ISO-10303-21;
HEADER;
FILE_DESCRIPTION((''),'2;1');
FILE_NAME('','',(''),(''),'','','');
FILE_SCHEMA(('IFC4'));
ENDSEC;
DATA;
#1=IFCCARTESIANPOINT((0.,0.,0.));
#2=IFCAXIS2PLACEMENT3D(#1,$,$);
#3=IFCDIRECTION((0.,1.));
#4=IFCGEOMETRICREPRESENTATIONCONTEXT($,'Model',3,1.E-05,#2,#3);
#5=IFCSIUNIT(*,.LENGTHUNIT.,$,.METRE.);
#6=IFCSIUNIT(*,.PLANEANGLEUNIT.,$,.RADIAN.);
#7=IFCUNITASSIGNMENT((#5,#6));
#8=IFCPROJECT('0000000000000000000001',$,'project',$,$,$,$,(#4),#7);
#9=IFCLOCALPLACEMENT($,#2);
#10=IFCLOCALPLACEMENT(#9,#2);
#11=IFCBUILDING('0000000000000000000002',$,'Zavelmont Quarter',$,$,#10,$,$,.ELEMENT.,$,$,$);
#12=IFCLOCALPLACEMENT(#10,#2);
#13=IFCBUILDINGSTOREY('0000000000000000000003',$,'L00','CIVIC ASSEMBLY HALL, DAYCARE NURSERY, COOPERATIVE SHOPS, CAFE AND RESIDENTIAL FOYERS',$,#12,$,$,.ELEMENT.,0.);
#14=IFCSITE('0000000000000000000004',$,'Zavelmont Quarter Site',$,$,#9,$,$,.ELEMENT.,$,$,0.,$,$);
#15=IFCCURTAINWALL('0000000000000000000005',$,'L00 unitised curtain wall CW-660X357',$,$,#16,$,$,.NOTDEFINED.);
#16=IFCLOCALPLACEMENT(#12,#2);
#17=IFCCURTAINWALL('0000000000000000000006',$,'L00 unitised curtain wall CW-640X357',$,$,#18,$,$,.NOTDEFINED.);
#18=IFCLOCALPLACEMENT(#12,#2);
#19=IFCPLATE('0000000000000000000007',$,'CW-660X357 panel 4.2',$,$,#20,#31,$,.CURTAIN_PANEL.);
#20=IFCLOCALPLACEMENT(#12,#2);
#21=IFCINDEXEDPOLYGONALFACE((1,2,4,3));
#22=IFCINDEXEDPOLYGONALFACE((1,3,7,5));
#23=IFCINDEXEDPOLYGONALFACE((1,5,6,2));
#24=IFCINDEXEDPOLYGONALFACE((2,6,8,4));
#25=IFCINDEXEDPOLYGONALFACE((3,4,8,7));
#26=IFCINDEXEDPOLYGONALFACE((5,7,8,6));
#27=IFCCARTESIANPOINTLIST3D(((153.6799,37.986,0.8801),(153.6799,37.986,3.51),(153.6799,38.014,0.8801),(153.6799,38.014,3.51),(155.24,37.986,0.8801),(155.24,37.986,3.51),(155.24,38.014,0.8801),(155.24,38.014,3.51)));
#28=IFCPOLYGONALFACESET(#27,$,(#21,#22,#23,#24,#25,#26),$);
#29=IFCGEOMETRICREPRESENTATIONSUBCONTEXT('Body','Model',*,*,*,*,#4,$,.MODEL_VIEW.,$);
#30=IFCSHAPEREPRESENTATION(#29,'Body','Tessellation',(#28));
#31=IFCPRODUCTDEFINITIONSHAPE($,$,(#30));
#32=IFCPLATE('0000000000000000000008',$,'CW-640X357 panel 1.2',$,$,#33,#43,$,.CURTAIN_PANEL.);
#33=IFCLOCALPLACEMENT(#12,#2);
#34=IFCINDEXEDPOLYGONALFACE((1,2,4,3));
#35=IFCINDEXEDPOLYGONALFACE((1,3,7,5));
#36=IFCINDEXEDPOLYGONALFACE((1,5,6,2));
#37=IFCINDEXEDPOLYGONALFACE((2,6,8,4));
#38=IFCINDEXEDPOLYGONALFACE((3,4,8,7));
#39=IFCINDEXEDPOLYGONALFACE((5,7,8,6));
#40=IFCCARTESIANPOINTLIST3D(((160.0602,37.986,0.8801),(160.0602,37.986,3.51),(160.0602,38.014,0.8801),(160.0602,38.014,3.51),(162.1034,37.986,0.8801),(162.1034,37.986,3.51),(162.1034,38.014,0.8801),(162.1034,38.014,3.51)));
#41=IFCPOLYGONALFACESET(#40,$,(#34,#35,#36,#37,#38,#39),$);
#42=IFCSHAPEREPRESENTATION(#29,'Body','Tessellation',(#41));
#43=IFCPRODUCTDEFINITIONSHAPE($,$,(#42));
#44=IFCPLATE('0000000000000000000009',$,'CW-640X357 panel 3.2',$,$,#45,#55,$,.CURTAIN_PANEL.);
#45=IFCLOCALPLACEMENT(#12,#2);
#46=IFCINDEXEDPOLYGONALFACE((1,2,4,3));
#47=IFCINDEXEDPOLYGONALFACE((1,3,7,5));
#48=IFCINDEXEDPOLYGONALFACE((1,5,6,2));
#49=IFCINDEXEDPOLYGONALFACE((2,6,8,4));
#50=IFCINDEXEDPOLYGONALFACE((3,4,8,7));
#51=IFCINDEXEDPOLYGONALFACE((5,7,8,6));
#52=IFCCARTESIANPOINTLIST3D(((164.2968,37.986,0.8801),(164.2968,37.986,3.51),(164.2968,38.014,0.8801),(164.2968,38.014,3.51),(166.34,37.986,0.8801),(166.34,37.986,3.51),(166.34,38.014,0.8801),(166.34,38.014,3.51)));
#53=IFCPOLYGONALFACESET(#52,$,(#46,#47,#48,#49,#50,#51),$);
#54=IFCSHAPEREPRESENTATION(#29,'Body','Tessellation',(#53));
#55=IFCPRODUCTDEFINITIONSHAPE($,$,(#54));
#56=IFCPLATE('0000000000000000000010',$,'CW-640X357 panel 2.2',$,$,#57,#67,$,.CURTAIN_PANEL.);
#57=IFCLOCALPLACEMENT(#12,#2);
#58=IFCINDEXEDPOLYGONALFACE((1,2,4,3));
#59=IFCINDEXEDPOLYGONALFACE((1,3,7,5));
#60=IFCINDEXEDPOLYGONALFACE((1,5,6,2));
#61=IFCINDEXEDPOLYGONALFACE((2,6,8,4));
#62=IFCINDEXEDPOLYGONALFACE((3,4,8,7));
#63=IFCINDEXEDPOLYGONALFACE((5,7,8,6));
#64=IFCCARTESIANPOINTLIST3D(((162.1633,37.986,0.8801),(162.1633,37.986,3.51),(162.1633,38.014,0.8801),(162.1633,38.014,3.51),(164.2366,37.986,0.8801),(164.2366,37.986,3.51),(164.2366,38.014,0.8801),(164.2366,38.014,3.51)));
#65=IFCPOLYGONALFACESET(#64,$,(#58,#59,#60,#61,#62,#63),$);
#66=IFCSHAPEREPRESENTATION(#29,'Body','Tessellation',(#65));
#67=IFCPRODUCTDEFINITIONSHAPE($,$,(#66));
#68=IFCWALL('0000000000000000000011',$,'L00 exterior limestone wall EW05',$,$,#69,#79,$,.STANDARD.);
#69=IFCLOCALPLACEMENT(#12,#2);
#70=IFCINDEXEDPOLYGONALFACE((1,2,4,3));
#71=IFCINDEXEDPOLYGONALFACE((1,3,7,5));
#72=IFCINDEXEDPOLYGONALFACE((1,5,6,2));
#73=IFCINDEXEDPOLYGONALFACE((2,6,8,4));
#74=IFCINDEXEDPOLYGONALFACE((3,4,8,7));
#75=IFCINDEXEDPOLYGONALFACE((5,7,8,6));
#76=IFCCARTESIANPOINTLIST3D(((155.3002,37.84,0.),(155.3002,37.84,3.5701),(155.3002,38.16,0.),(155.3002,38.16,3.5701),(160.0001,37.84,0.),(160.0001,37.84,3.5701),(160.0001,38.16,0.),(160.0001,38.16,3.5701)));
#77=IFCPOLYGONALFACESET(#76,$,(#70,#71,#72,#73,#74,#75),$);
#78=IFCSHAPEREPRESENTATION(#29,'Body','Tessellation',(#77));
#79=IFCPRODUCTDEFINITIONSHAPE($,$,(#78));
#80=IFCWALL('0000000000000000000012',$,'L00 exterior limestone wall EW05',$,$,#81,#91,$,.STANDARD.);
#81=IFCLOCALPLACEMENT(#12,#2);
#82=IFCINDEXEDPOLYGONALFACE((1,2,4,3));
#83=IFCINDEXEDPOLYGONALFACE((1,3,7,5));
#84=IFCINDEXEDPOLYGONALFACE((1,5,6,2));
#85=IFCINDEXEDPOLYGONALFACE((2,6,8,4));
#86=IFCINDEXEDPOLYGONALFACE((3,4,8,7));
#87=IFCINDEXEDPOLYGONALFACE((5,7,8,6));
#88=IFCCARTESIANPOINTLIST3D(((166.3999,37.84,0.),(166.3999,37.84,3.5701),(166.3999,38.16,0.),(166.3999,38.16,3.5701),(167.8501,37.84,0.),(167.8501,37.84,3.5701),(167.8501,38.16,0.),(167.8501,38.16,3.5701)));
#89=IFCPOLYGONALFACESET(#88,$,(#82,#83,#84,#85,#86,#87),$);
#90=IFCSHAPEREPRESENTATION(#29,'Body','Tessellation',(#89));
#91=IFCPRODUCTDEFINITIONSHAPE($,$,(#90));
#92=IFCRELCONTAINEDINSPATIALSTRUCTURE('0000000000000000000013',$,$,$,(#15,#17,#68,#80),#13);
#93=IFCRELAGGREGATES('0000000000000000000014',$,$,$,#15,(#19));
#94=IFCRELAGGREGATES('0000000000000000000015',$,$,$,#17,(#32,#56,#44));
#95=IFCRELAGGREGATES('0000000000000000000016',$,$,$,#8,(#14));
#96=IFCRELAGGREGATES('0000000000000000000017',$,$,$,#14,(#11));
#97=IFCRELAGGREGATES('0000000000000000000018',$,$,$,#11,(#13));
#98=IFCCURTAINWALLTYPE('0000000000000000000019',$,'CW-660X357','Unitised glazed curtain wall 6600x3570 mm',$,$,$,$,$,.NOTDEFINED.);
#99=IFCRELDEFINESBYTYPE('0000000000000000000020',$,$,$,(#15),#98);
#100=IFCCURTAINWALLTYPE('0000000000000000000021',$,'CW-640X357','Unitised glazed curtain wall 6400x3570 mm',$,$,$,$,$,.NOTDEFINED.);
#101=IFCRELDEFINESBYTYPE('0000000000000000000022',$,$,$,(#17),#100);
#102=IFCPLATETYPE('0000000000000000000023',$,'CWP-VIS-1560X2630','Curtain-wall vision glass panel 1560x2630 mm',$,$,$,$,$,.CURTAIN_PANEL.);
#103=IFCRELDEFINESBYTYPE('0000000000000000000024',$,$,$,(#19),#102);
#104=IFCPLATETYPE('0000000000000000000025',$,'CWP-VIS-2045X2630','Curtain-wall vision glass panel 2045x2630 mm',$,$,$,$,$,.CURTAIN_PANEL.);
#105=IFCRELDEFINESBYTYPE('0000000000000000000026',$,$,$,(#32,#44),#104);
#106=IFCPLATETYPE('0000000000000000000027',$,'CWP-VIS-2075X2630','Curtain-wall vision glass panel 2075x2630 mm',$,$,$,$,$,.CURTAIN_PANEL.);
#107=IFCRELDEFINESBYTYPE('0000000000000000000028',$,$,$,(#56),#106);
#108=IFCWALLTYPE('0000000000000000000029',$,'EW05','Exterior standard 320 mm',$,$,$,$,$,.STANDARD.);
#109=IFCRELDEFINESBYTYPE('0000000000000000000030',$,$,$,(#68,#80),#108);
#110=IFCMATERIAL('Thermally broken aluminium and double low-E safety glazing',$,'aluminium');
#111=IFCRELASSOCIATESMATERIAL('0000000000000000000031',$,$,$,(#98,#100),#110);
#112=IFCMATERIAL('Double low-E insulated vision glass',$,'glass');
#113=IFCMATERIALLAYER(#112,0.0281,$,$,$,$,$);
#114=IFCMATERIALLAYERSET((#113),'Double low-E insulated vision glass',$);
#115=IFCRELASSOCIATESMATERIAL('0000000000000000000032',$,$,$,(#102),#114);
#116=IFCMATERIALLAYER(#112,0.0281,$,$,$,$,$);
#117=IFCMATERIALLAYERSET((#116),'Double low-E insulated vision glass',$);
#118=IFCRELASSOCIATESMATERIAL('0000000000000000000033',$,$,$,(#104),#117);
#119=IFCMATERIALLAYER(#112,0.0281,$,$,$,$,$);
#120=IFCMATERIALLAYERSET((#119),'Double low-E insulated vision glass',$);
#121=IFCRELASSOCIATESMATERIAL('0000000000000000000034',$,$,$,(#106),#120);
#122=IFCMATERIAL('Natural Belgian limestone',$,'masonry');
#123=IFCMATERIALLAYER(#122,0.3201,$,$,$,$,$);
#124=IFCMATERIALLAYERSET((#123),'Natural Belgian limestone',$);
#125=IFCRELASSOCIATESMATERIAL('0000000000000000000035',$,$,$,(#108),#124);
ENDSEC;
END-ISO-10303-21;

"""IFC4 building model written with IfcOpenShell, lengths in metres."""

from ifc_helpers import new_model, si_unit, direction, frame, frame_2d, origin, origin_2d, place, context, subcontext, project, spatial, rectangle, extrude, material, layer, layer_set, type_object, element, aggregate, save


model = new_model("IFC4")

# Units and contexts
model_context = context("Model", 3, precision=1e-05, world=origin(), true_north=direction((0.0, 1.0)))
body_context = subcontext(model_context, "Body", "Model", "MODEL_VIEW")
ifc_project = project(units=[si_unit("LENGTHUNIT", "METRE"), si_unit("PLANEANGLEUNIT", "RADIAN")], contexts=[model_context])

# Site, building, storey
site_placement = place(None, origin())
site = spatial("IfcSite", under=ifc_project, at=site_placement, Name="Zavelmont Quarter Site", CompositionType="ELEMENT", RefElevation=0.0)
building_placement = place(site_placement, origin())
building = spatial("IfcBuilding", under=site, at=building_placement, Name="Zavelmont Quarter", CompositionType="ELEMENT")
storey_placement = place(building_placement, origin())
storey = spatial("IfcBuildingStorey", under=building, at=storey_placement, Name="L00", Description="CIVIC ASSEMBLY HALL, DAYCARE NURSERY, COOPERATIVE SHOPS, CAFE AND RESIDENTIAL FOYERS", CompositionType="ELEMENT", Elevation=0.0)

# Curtain wall
ifc_material_1 = material(Name="Thermally broken aluminium and double low-E safety glazing", Category="aluminium")
curtain_wall_type_1 = type_object("IfcCurtainWallType", Name="CW-660X357", Description="Unitised glazed curtain wall 6600x3570 mm", PredefinedType="NOTDEFINED", material=ifc_material_1)
curtain_wall_1_placement = place(storey_placement, origin())
curtain_wall_1 = element("IfcCurtainWall", 1, at=curtain_wall_1_placement, inside=storey, type_object=curtain_wall_type_1, Name="L00 unitised curtain wall CW-660X357", PredefinedType="NOTDEFINED")

# Curtain wall
curtain_wall_type_2 = type_object("IfcCurtainWallType", Name="CW-640X357", Description="Unitised glazed curtain wall 6400x3570 mm", PredefinedType="NOTDEFINED", material=ifc_material_1)
curtain_wall_2_placement = place(storey_placement, origin())
curtain_wall_2 = element("IfcCurtainWall", 2, at=curtain_wall_2_placement, inside=storey, type_object=curtain_wall_type_2, Name="L00 unitised curtain wall CW-640X357", PredefinedType="NOTDEFINED")

# Plates
ifc_material_2 = material(Name="Double low-E insulated vision glass", Category="glass")
ifc_layer_1 = layer(ifc_material_2, 0.0281)
ifc_layer_set_1 = layer_set([ifc_layer_1], Name="Double low-E insulated vision glass")
plate_type_1 = type_object("IfcPlateType", Name="CWP-VIS-1560X2630", Description="Curtain-wall vision glass panel 1560x2630 mm", PredefinedType="CURTAIN_PANEL", material=ifc_layer_set_1)
plate_1_placement = place(storey_placement, frame((154.46, 38.0, 0.8801), z_axis=(0.0, 0.0, 1.0), x_axis=(1.0, 0.0, 0.0)))
plate_1 = element("IfcPlate", 3, at=plate_1_placement, type_object=plate_type_1, Name="CW-660X357 panel 4.2", PredefinedType="CURTAIN_PANEL", context=body_context, shape_type="SweptSolid", body=[
    extrude(rectangle(XDim=1.5601, YDim=0.0281, at=origin_2d()), origin(), (0.0, 0.0, 1.0), 2.6299),
])
aggregate(curtain_wall_1, [plate_1])
ifc_layer_2 = layer(ifc_material_2, 0.0281)
ifc_layer_set_2 = layer_set([ifc_layer_2], Name="Double low-E insulated vision glass")
plate_type_2 = type_object("IfcPlateType", Name="CWP-VIS-2045X2630", Description="Curtain-wall vision glass panel 2045x2630 mm", PredefinedType="CURTAIN_PANEL", material=ifc_layer_set_2)
plate_2_placement = place(storey_placement, frame((161.0818, 38.0, 0.8801), z_axis=(0.0, 0.0, 1.0), x_axis=(1.0, 0.0, 0.0)))
plate_2 = element("IfcPlate", 4, at=plate_2_placement, type_object=plate_type_2, Name="CW-640X357 panel 1.2", PredefinedType="CURTAIN_PANEL", context=body_context, shape_type="SweptSolid", body=[
    extrude(rectangle(XDim=2.0432, YDim=0.0281, at=origin_2d()), origin(), (0.0, 0.0, 1.0), 2.6299),
])
plate_3_placement = place(storey_placement, frame((165.3184, 38.0, 0.8801), z_axis=(0.0, 0.0, 1.0), x_axis=(1.0, 0.0, 0.0)))
plate_3 = element("IfcPlate", 5, at=plate_3_placement, type_object=plate_type_2, Name="CW-640X357 panel 3.2", PredefinedType="CURTAIN_PANEL", context=body_context, shape_type="SweptSolid", body=[
    extrude(rectangle(XDim=2.0432, YDim=0.0281, at=origin_2d()), origin(), (0.0, 0.0, 1.0), 2.6299),
])
ifc_layer_3 = layer(ifc_material_2, 0.0281)
ifc_layer_set_3 = layer_set([ifc_layer_3], Name="Double low-E insulated vision glass")
plate_type_3 = type_object("IfcPlateType", Name="CWP-VIS-2075X2630", Description="Curtain-wall vision glass panel 2075x2630 mm", PredefinedType="CURTAIN_PANEL", material=ifc_layer_set_3)
plate_4_placement = place(storey_placement, frame((163.2, 38.0, 0.8801), z_axis=(0.0, 0.0, 1.0), x_axis=(1.0, 0.0, 0.0)))
plate_4 = element("IfcPlate", 6, at=plate_4_placement, type_object=plate_type_3, Name="CW-640X357 panel 2.2", PredefinedType="CURTAIN_PANEL", context=body_context, shape_type="SweptSolid", body=[
    extrude(rectangle(XDim=2.0732, YDim=0.0281, at=origin_2d()), origin(), (0.0, 0.0, 1.0), 2.6299),
])
aggregate(curtain_wall_2, [plate_2, plate_4, plate_3])

# Walls
ifc_material_3 = material(Name="Natural Belgian limestone", Category="masonry")
ifc_layer_4 = layer(ifc_material_3, 0.3201)
ifc_layer_set_4 = layer_set([ifc_layer_4], Name="Natural Belgian limestone")
wall_type = type_object("IfcWallType", Name="EW05", Description="Exterior standard 320 mm", PredefinedType="STANDARD", material=ifc_layer_set_4)
wall_1_placement = place(storey_placement, frame((155.3, 38.0, 0.0), z_axis=(0.0, 0.0, 1.0), x_axis=(1.0, 0.0, 0.0)))
element("IfcWall", 7, at=wall_1_placement, inside=storey, type_object=wall_type, Name="L00 exterior limestone wall EW05", PredefinedType="STANDARD", context=body_context, shape_type="SweptSolid", body=[
    extrude(rectangle(XDim=4.7, YDim=0.3201, at=frame_2d((2.3501, 0.0))), origin(), (0.0, 0.0, 1.0), 3.5701),
])
wall_2_placement = place(storey_placement, frame((166.3999, 38.0, 0.0), z_axis=(0.0, 0.0, 1.0), x_axis=(1.0, 0.0, 0.0)))
element("IfcWall", 8, at=wall_2_placement, inside=storey, type_object=wall_type, Name="L00 exterior limestone wall EW05", PredefinedType="STANDARD", context=body_context, shape_type="SweptSolid", body=[
    extrude(rectangle(XDim=1.4502, YDim=0.3201, at=frame_2d((0.7251, 0.0))), origin(), (0.0, 0.0, 1.0), 3.5701),
])

save(model, "model.ifc")
